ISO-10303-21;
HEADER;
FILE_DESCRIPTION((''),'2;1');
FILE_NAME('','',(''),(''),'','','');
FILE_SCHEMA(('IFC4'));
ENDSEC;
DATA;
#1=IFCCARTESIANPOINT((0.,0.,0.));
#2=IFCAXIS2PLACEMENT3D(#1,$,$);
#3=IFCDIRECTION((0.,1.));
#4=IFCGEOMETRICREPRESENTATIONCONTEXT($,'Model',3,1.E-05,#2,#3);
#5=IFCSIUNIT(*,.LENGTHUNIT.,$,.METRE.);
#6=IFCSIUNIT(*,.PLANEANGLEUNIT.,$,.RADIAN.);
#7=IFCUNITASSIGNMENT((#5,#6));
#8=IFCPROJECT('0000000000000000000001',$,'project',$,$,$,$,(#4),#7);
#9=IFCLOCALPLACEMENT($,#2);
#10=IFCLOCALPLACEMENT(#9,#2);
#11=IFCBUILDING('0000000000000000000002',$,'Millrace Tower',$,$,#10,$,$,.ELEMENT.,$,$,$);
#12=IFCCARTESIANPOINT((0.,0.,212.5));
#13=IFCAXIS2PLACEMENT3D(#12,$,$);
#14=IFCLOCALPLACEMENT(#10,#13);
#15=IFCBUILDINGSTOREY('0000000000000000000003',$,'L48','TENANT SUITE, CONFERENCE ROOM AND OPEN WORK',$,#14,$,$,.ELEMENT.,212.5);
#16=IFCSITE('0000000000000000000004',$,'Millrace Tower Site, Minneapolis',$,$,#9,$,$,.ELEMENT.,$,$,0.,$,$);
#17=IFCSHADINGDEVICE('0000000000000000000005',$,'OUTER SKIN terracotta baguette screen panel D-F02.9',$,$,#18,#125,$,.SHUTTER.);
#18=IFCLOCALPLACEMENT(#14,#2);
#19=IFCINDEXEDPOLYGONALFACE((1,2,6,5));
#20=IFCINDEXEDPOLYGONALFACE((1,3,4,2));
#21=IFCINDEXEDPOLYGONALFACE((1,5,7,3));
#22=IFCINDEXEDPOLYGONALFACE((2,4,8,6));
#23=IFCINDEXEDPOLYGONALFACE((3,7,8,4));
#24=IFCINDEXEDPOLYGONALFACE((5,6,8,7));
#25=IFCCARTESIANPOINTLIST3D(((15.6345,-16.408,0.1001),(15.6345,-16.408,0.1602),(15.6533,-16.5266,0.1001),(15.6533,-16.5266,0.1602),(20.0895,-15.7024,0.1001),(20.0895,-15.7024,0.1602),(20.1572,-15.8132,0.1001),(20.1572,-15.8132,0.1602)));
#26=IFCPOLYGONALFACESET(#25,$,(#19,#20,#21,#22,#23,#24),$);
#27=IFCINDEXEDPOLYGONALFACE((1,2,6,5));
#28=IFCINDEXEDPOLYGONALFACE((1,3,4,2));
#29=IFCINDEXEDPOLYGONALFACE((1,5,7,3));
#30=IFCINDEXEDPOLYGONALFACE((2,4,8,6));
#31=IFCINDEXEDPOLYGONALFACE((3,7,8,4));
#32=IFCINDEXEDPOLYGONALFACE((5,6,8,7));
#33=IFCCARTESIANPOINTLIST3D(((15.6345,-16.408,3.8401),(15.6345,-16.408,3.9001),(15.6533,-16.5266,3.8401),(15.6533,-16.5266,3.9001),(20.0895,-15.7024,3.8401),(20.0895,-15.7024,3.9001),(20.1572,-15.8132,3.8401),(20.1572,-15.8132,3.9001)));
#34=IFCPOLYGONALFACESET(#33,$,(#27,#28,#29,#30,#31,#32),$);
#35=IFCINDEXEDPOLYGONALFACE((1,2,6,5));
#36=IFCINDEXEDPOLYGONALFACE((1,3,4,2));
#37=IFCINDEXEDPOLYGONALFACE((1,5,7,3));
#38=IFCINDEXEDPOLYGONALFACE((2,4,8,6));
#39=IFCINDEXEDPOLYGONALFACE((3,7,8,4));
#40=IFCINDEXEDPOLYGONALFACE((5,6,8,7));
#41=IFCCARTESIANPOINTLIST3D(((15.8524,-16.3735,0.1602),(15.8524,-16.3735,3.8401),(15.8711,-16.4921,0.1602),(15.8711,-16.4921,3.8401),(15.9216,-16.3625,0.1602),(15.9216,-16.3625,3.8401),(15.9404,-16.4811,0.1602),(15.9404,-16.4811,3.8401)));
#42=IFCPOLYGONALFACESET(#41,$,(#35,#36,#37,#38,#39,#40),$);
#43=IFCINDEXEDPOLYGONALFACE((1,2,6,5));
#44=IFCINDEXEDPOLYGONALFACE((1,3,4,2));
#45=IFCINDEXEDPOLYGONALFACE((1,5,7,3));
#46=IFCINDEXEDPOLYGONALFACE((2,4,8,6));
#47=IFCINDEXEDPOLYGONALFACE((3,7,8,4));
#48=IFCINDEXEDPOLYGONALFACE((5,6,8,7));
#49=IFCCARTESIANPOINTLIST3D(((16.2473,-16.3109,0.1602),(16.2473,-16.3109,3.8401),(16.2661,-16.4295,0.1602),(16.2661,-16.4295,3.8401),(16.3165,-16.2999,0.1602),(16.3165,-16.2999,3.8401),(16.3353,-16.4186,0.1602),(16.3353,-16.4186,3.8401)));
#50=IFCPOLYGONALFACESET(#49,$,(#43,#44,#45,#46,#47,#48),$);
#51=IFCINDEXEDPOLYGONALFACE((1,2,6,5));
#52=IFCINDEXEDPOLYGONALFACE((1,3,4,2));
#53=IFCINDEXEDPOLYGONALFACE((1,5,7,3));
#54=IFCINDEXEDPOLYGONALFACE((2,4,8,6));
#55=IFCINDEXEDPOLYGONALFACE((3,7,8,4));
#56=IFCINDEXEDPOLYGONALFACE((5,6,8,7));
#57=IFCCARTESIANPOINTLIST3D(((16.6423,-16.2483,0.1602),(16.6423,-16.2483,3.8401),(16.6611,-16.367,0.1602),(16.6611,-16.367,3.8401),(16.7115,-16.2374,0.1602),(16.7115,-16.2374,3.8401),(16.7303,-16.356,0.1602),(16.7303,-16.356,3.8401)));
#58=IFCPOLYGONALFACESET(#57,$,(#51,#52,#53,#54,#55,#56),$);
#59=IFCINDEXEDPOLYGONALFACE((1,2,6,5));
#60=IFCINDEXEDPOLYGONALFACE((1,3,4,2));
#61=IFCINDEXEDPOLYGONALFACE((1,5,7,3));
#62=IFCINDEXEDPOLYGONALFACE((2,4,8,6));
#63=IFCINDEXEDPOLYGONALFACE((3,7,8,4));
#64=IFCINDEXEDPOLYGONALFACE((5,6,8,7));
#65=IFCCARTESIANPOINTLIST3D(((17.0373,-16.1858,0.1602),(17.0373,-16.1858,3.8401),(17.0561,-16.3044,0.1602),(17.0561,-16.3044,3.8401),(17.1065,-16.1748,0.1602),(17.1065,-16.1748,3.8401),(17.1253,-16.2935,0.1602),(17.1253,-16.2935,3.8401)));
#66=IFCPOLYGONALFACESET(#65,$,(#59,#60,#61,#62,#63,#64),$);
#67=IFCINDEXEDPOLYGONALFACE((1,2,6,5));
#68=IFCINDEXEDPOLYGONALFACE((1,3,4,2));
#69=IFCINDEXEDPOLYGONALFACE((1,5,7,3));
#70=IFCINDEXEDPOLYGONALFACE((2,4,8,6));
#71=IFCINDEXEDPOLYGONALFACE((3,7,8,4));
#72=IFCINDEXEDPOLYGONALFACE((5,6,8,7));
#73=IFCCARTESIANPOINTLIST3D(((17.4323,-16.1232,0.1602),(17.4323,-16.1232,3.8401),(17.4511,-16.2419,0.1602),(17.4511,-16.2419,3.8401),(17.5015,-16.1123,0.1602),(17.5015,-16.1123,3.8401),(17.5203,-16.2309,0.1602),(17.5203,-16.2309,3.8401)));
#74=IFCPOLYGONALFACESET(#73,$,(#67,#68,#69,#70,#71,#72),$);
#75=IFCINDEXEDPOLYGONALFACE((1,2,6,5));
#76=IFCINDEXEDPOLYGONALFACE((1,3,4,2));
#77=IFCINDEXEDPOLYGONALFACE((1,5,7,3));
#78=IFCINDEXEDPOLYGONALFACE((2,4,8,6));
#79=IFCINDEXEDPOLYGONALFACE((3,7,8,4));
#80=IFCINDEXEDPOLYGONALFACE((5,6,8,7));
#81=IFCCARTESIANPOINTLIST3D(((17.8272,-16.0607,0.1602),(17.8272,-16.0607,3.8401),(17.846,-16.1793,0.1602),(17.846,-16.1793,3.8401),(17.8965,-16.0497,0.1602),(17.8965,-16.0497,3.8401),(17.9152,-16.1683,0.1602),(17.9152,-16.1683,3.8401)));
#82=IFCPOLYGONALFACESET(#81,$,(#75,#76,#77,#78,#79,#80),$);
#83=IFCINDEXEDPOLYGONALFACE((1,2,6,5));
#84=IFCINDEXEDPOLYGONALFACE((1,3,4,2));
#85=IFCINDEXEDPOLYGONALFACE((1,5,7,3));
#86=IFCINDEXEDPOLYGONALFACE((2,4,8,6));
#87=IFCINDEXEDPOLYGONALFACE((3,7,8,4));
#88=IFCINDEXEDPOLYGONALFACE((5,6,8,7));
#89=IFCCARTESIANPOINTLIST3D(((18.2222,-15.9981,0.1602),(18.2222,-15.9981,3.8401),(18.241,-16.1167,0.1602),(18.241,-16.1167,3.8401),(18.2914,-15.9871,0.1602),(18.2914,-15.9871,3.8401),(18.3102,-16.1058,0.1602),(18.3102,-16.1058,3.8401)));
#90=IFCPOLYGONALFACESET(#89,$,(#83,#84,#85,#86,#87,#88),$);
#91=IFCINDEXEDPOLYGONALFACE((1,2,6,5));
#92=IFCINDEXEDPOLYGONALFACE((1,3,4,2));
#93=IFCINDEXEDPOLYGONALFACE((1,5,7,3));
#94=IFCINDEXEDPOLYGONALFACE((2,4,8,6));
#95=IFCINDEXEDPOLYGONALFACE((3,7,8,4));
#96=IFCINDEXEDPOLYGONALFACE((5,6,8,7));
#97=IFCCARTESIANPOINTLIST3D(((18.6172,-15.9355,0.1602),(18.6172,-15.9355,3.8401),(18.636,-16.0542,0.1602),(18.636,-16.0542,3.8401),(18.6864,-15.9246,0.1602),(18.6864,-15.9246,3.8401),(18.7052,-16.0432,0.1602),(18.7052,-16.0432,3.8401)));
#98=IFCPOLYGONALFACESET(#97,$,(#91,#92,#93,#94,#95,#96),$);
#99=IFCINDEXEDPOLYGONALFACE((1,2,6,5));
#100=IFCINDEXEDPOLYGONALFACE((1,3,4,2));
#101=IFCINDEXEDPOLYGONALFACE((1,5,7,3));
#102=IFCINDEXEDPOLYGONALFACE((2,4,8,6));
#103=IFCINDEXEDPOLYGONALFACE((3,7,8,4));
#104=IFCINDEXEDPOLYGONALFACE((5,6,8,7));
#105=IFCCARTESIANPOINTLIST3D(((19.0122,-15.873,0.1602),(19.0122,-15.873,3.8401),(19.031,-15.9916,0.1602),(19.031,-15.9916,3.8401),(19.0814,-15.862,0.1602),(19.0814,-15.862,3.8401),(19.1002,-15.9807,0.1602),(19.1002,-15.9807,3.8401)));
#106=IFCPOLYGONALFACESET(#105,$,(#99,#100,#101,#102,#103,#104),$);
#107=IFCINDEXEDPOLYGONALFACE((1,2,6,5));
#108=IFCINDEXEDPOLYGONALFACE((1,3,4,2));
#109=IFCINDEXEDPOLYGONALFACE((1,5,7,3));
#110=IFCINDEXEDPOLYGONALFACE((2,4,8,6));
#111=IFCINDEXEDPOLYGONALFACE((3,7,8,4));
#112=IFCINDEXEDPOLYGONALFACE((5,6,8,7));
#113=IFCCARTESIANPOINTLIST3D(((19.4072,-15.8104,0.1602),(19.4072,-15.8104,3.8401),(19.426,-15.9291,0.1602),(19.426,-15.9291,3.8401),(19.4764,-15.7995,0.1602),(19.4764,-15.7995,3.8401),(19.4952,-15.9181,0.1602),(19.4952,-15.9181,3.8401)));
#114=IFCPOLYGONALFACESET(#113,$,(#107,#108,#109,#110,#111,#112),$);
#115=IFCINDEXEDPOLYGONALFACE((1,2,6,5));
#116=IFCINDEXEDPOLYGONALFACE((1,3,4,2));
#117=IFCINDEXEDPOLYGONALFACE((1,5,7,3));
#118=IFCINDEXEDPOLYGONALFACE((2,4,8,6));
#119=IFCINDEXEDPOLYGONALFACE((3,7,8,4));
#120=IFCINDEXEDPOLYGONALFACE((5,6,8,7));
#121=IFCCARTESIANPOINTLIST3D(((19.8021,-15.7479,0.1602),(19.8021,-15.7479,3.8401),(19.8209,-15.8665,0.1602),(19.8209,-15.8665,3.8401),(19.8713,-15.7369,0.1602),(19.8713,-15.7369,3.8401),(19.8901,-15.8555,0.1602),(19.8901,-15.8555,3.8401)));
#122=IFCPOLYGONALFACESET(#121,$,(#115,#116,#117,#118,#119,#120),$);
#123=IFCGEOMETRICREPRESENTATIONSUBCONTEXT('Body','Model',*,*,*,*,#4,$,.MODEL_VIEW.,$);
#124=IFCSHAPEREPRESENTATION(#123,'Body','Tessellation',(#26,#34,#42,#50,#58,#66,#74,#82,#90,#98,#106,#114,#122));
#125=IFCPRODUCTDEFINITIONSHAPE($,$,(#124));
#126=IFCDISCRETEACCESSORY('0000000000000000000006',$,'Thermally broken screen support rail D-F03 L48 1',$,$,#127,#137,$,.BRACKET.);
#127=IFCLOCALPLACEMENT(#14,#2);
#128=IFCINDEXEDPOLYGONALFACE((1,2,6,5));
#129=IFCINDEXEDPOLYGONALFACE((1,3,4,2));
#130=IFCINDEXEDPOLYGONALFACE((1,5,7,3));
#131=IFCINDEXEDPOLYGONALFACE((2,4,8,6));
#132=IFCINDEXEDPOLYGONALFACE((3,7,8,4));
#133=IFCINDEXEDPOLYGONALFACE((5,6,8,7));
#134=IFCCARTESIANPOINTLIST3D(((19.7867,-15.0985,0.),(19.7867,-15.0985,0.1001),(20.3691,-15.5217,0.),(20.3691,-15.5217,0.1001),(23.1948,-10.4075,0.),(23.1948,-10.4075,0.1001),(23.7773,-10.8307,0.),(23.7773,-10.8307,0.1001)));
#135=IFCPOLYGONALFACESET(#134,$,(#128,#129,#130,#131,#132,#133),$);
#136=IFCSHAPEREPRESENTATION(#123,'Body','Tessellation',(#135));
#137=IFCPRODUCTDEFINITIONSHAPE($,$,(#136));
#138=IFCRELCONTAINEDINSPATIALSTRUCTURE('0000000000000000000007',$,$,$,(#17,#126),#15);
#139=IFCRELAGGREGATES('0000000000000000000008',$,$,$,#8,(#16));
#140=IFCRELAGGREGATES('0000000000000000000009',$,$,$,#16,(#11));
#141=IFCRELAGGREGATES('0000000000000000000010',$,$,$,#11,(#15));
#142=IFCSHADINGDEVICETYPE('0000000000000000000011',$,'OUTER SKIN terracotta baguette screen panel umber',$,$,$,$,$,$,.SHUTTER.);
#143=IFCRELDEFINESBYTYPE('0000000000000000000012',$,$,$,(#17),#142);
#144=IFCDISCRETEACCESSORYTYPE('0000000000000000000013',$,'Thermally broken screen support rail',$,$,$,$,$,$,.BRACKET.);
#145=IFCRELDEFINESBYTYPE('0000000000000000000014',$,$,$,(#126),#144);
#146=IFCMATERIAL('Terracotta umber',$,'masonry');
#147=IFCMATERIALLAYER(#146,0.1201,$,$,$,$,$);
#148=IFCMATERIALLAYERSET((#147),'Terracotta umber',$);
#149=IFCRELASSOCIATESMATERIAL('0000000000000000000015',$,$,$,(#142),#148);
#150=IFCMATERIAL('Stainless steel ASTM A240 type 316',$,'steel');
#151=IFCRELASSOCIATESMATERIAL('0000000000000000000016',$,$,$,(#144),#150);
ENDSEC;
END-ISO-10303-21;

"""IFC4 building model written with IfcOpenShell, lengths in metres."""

from ifc_helpers import new_model, entity, si_unit, direction, frame, frame_2d, origin, origin_2d, place, context, subcontext, project, spatial, rectangle, extrude, source, transform, mapped, material, layer, layer_set, type_object, element, save


model = new_model("IFC4")

# Units and contexts
model_context = context("Model", 3, precision=1e-05, world=origin(), true_north=direction((0.0, 1.0)))
body_context = subcontext(model_context, "Body", "Model", "MODEL_VIEW")
ifc_project = project(units=[si_unit("LENGTHUNIT", "METRE"), si_unit("PLANEANGLEUNIT", "RADIAN")], contexts=[model_context])

# Site, building, storey
site_placement = place(None, origin())
site = spatial("IfcSite", under=ifc_project, at=site_placement, Name="Millrace Tower Site, Minneapolis", CompositionType="ELEMENT", RefElevation=0.0)
building_placement = place(site_placement, origin())
building = spatial("IfcBuilding", under=site, at=building_placement, Name="Millrace Tower", CompositionType="ELEMENT")
storey_placement = place(building_placement, frame((0.0, 0.0, 212.5)))
storey = spatial("IfcBuildingStorey", under=building, at=storey_placement, Name="L48", Description="TENANT SUITE, CONFERENCE ROOM AND OPEN WORK", CompositionType="ELEMENT", Elevation=212.5)

# Shading device
ifc_material_1 = material(Name="Terracotta umber", Category="masonry")
ifc_layer_1 = layer(ifc_material_1, 0.1201)
ifc_layer_set_1 = layer_set([ifc_layer_1], Name="Terracotta umber")
shading_device_type = type_object("IfcShadingDeviceType", Name="OUTER SKIN terracotta baguette screen panel umber", PredefinedType="SHUTTER", material=ifc_layer_set_1)
cartesian_point_1 = entity("IfcCartesianPoint", [-2.2676, 0.0601])
shared_polyline_1 = entity("IfcPolyline", [cartesian_point_1, entity("IfcCartesianPoint", [2.2429, 0.0601]), entity("IfcCartesianPoint", [2.2925, -0.0601]), entity("IfcCartesianPoint", [-2.2676, -0.0601]), cartesian_point_1])
shared_shape_1 = source(origin(), body_context, "Body", "SweptSolid", [
    entity("IfcExtrudedAreaSolid", entity("IfcArbitraryClosedProfileDef", "AREA", None, shared_polyline_1), entity("IfcAxis2Placement3D", entity("IfcCartesianPoint", [0.0, 0.0, 0.0])), entity("IfcDirection", [0.0, 0.0, 1.0]), 0.0601),
    entity("IfcExtrudedAreaSolid", entity("IfcArbitraryClosedProfileDef", "AREA", None, shared_polyline_1), entity("IfcAxis2Placement3D", entity("IfcCartesianPoint", [0.0, 0.0, 3.74])), entity("IfcDirection", [0.0, 0.0, 1.0]), 0.0601),
    extrude(rectangle(XDim=0.0701, YDim=0.1201, at=frame_2d((-2.012, 0.0))), frame((0.0, 0.0, 0.0601)), (0.0, 0.0, 1.0), 3.6799),
    extrude(rectangle(XDim=0.0701, YDim=0.1201, at=frame_2d((-1.6121, 0.0))), frame((0.0, 0.0, 0.0601)), (0.0, 0.0, 1.0), 3.6799),
    extrude(rectangle(XDim=0.0701, YDim=0.1201, at=frame_2d((-1.2122, 0.0))), frame((0.0, 0.0, 0.0601)), (0.0, 0.0, 1.0), 3.6799),
    extrude(rectangle(XDim=0.0701, YDim=0.1201, at=frame_2d((-0.8123, 0.0))), frame((0.0, 0.0, 0.0601)), (0.0, 0.0, 1.0), 3.6799),
    extrude(rectangle(XDim=0.0701, YDim=0.1201, at=frame_2d((-0.4124, 0.0))), frame((0.0, 0.0, 0.0601)), (0.0, 0.0, 1.0), 3.6799),
    extrude(rectangle(XDim=0.0701, YDim=0.1201, at=frame_2d((-0.0125, 0.0))), frame((0.0, 0.0, 0.0601)), (0.0, 0.0, 1.0), 3.6799),
    extrude(rectangle(XDim=0.0701, YDim=0.1201, at=frame_2d((0.3875, 0.0))), frame((0.0, 0.0, 0.0601)), (0.0, 0.0, 1.0), 3.6799),
    extrude(rectangle(XDim=0.0701, YDim=0.1201, at=frame_2d((0.7874, 0.0))), frame((0.0, 0.0, 0.0601)), (0.0, 0.0, 1.0), 3.6799),
    extrude(rectangle(XDim=0.0701, YDim=0.1201, at=frame_2d((1.1873, 0.0))), frame((0.0, 0.0, 0.0601)), (0.0, 0.0, 1.0), 3.6799),
    extrude(rectangle(XDim=0.0701, YDim=0.1201, at=frame_2d((1.5872, 0.0))), frame((0.0, 0.0, 0.0601)), (0.0, 0.0, 1.0), 3.6799),
    extrude(rectangle(XDim=0.0701, YDim=0.1201, at=frame_2d((1.9871, 0.0))), frame((0.0, 0.0, 0.0601)), (0.0, 0.0, 1.0), 3.6799),
])
shading_device_1_placement = place(storey_placement, frame((17.8835, -16.1125, 0.1001), z_axis=(0.0, 0.0, 1.0), x_axis=(0.987688, 0.156434, 0.0)))
element("IfcShadingDevice", 1, at=shading_device_1_placement, inside=storey, type_object=shading_device_type, Name="OUTER SKIN terracotta baguette screen panel D-F02.9", PredefinedType="SHUTTER", context=body_context, shape_type="MappedRepresentation", body=[
    mapped(shared_shape_1, transform((0.0, 0.0, 0.0), scale=1.0)),
])

# Discrete accessory
ifc_material_2 = material(Name="Stainless steel ASTM A240 type 316", Category="steel")
discrete_accessory_type = type_object("IfcDiscreteAccessoryType", Name="Thermally broken screen support rail", PredefinedType="BRACKET", material=ifc_material_2)
discrete_accessory_placement = place(storey_placement, frame((21.782, -12.9646, 0.0), z_axis=(0.0, 0.0, 1.0), x_axis=(0.587785, 0.809017, 0.0)))
element("IfcDiscreteAccessory", 2, at=discrete_accessory_placement, inside=storey, type_object=discrete_accessory_type, Name="Thermally broken screen support rail D-F03 L48 1", PredefinedType="BRACKET", context=body_context, shape_type="SweptSolid", body=[
    extrude(rectangle(XDim=5.7983, YDim=0.72, at=origin_2d()), origin(), (0.0, 0.0, 1.0), 0.1001),
])

save(model, "model.ifc")
